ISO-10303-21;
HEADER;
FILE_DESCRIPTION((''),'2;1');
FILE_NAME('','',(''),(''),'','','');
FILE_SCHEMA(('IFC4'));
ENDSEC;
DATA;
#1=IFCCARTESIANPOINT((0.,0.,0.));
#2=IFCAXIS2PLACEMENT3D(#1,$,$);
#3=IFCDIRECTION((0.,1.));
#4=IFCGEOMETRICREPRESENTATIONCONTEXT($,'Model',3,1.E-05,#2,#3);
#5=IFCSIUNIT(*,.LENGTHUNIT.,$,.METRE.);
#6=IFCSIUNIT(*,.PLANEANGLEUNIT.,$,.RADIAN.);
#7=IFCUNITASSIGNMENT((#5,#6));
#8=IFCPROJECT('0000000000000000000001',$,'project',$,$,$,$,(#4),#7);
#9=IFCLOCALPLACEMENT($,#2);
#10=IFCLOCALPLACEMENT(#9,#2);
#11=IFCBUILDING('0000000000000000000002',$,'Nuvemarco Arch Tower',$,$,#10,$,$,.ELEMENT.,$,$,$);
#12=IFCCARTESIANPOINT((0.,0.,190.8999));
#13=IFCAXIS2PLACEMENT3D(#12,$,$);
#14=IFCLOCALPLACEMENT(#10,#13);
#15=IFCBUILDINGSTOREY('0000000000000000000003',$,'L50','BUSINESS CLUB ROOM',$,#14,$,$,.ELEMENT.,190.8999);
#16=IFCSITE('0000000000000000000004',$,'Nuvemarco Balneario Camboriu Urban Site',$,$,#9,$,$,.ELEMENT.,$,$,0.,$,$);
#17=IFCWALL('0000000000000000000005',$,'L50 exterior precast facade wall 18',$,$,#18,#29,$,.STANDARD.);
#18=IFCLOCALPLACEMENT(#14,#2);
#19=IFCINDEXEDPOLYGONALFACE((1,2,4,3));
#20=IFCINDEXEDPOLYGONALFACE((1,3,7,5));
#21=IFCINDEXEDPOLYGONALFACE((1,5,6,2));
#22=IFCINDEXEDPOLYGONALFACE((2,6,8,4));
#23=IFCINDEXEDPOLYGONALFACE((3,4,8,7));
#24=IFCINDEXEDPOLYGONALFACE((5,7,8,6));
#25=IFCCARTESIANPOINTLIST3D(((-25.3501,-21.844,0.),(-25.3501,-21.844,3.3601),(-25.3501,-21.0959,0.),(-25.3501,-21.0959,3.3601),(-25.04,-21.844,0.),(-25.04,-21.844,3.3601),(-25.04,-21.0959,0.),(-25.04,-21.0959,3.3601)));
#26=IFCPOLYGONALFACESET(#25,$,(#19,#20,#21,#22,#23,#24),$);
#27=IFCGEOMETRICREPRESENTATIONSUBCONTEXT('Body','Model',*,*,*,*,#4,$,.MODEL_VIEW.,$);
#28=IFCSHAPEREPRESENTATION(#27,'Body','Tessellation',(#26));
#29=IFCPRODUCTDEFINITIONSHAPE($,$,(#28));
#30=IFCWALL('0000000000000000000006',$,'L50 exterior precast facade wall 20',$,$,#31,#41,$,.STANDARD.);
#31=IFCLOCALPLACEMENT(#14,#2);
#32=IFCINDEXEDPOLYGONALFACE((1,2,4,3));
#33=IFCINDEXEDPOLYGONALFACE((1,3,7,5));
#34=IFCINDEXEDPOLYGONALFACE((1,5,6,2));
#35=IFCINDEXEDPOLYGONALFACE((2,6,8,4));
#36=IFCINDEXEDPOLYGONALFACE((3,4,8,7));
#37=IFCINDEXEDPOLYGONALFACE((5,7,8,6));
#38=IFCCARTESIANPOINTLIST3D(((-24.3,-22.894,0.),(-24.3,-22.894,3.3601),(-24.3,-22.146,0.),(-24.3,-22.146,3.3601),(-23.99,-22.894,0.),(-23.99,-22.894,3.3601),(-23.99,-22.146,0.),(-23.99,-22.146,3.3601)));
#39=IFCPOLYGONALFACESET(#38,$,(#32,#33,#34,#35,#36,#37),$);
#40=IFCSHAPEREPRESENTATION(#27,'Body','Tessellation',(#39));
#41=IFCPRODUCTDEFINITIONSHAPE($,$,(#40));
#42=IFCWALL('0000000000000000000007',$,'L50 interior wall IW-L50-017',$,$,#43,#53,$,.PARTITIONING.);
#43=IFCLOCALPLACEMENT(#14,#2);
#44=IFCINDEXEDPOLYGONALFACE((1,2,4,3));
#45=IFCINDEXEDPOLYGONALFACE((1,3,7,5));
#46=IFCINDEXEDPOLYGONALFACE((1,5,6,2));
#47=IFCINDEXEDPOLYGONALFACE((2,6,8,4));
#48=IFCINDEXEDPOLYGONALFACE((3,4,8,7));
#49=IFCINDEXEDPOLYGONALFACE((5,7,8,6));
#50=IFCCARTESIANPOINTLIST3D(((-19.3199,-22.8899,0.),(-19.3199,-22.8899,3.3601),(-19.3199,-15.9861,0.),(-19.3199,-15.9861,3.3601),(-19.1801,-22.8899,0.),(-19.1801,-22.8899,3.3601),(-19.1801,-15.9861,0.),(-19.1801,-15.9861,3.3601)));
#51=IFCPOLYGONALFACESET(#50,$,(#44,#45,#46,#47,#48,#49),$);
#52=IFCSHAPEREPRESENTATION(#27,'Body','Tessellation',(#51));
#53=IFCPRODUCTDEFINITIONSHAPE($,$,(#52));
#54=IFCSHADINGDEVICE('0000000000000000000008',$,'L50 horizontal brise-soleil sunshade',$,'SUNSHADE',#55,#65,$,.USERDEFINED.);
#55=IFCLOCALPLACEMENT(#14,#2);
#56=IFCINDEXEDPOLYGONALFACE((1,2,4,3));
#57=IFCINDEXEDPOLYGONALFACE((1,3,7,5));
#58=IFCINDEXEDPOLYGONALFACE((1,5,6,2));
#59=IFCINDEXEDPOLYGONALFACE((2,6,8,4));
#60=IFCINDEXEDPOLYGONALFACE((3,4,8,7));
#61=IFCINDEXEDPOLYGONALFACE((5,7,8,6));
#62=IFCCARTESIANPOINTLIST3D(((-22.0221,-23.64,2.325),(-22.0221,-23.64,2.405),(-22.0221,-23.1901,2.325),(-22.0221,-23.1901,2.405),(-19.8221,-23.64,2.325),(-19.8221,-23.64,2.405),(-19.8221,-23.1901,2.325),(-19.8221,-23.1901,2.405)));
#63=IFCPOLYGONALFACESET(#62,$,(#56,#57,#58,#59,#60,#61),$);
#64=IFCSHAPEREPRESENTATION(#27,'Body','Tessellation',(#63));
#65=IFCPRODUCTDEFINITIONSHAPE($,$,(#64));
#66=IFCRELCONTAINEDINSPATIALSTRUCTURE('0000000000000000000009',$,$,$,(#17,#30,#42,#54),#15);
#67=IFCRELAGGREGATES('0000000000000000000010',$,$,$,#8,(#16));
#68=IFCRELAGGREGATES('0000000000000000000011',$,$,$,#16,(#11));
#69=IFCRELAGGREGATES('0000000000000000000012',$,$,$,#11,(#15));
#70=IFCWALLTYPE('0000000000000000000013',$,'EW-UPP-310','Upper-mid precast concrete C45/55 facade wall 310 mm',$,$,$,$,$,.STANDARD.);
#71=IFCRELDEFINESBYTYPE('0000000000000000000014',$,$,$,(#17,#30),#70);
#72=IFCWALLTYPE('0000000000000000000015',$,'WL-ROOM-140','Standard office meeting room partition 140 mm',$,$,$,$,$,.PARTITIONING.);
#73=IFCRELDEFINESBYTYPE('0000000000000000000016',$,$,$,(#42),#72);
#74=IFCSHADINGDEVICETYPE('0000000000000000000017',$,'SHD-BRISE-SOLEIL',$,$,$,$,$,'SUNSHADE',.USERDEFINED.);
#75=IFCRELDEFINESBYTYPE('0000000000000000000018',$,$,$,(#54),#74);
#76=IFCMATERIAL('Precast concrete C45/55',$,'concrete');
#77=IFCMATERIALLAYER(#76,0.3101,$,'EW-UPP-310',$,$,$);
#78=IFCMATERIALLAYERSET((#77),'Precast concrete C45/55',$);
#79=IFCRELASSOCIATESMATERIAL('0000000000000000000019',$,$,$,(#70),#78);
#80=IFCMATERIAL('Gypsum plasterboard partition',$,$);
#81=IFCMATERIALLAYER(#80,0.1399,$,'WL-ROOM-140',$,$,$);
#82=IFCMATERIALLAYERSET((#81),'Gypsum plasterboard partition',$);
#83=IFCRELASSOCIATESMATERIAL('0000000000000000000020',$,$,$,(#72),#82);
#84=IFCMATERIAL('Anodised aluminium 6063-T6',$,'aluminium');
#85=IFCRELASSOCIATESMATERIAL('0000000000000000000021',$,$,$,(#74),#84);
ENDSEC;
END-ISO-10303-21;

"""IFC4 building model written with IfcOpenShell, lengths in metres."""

from ifc_helpers import new_model, si_unit, direction, frame, frame_2d, origin, origin_2d, place, context, subcontext, project, spatial, rectangle, extrude, source, transform, mapped, material, layer, layer_set, type_object, type_shapes, element, save


model = new_model("IFC4")

# Units and contexts
model_context = context("Model", 3, precision=1e-05, world=origin(), true_north=direction((0.0, 1.0)))
body_context = subcontext(model_context, "Body", "Model", "MODEL_VIEW")
ifc_project = project(units=[si_unit("LENGTHUNIT", "METRE"), si_unit("PLANEANGLEUNIT", "RADIAN")], contexts=[model_context])

# Site, building, storey
site_placement = place(None, origin())
site = spatial("IfcSite", under=ifc_project, at=site_placement, Name="Nuvemarco Balneario Camboriu Urban Site", CompositionType="ELEMENT", RefElevation=0.0)
building_placement = place(site_placement, origin())
building = spatial("IfcBuilding", under=site, at=building_placement, Name="Nuvemarco Arch Tower", CompositionType="ELEMENT")
storey_placement = place(building_placement, frame((0.0, 0.0, 190.8999)))
storey = spatial("IfcBuildingStorey", under=building, at=storey_placement, Name="L50", Description="BUSINESS CLUB ROOM", CompositionType="ELEMENT", Elevation=190.8999)

# Shared definitions
ifc_material_1 = material(Name="Precast concrete C45/55", Category="concrete")
ifc_layer_1 = layer(ifc_material_1, 0.3101, Name="EW-UPP-310")
ifc_layer_set_1 = layer_set([ifc_layer_1], Name="Precast concrete C45/55")
wall_type_1 = type_object("IfcWallType", Name="EW-UPP-310", Description="Upper-mid precast concrete C45/55 facade wall 310 mm", PredefinedType="STANDARD", material=ifc_layer_set_1)

# Walls
for number, where, z_axis, x_axis, name in (
    (1, (-25.1951, -21.844, 0.0), (0.0, 0.0, 1.0), (0.0, 1.0, 0.0), "L50 exterior precast facade wall 18"),
    (2, (-24.145, -22.894, 0.0), (0.0, 0.0, 1.0), (0.0, 1.0, 0.0), "L50 exterior precast facade wall 20"),
):
    element("IfcWall", number, at=place(storey_placement, frame(where, z_axis=z_axis, x_axis=x_axis)), inside=storey, type_object=wall_type_1, Name=name, PredefinedType="STANDARD", context=body_context, shape_type="SweptSolid", body=[
        extrude(rectangle(XDim=0.748, YDim=0.3101, at=frame_2d((0.374, 0.0))), origin(), (0.0, 0.0, 1.0), 3.3601),
    ])
ifc_material_2 = material(Name="Gypsum plasterboard partition")
ifc_layer_2 = layer(ifc_material_2, 0.1399, Name="WL-ROOM-140")
ifc_layer_set_2 = layer_set([ifc_layer_2], Name="Gypsum plasterboard partition")
wall_type_2 = type_object("IfcWallType", Name="WL-ROOM-140", Description="Standard office meeting room partition 140 mm", PredefinedType="PARTITIONING", material=ifc_layer_set_2)
wall_1_placement = place(storey_placement, frame((-19.25, -22.8899, 0.0), z_axis=(0.0, 0.0, 1.0), x_axis=(0.0, 1.0, 0.0)))
element("IfcWall", 3, at=wall_1_placement, inside=storey, type_object=wall_type_2, Name="L50 interior wall IW-L50-017", PredefinedType="PARTITIONING", context=body_context, shape_type="SweptSolid", body=[
    extrude(rectangle(XDim=6.9038, YDim=0.1399, at=frame_2d((3.4519, 0.0))), origin(), (0.0, 0.0, 1.0), 3.3601),
])

# Shading device
ifc_material_3 = material(Name="Anodised aluminium 6063-T6", Category="aluminium")
shading_device_type = type_object("IfcShadingDeviceType", Name="SHD-BRISE-SOLEIL", ElementType="SUNSHADE", PredefinedType="USERDEFINED", material=ifc_material_3)
shared_shape_1 = source(origin(), body_context, "Body", "SweptSolid", [
    extrude(rectangle(XDim=2.2, YDim=0.45, at=origin_2d()), origin(), (0.0, 0.0, 1.0), 0.0801),
])
type_shapes(shading_device_type, [shared_shape_1])
shading_device_placement = place(storey_placement, frame((-20.9221, -23.415, 2.325), z_axis=(0.0, 0.0, 1.0), x_axis=(1.0, 0.0, 0.0)))
element("IfcShadingDevice", 4, at=shading_device_placement, inside=storey, type_object=shading_device_type, Name="L50 horizontal brise-soleil sunshade", ObjectType="SUNSHADE", PredefinedType="USERDEFINED", context=body_context, shape_type="MappedRepresentation", body=[
    mapped(shared_shape_1, transform((0.0, 0.0, 0.0), scale=1.0)),
])

save(model, "model.ifc")
